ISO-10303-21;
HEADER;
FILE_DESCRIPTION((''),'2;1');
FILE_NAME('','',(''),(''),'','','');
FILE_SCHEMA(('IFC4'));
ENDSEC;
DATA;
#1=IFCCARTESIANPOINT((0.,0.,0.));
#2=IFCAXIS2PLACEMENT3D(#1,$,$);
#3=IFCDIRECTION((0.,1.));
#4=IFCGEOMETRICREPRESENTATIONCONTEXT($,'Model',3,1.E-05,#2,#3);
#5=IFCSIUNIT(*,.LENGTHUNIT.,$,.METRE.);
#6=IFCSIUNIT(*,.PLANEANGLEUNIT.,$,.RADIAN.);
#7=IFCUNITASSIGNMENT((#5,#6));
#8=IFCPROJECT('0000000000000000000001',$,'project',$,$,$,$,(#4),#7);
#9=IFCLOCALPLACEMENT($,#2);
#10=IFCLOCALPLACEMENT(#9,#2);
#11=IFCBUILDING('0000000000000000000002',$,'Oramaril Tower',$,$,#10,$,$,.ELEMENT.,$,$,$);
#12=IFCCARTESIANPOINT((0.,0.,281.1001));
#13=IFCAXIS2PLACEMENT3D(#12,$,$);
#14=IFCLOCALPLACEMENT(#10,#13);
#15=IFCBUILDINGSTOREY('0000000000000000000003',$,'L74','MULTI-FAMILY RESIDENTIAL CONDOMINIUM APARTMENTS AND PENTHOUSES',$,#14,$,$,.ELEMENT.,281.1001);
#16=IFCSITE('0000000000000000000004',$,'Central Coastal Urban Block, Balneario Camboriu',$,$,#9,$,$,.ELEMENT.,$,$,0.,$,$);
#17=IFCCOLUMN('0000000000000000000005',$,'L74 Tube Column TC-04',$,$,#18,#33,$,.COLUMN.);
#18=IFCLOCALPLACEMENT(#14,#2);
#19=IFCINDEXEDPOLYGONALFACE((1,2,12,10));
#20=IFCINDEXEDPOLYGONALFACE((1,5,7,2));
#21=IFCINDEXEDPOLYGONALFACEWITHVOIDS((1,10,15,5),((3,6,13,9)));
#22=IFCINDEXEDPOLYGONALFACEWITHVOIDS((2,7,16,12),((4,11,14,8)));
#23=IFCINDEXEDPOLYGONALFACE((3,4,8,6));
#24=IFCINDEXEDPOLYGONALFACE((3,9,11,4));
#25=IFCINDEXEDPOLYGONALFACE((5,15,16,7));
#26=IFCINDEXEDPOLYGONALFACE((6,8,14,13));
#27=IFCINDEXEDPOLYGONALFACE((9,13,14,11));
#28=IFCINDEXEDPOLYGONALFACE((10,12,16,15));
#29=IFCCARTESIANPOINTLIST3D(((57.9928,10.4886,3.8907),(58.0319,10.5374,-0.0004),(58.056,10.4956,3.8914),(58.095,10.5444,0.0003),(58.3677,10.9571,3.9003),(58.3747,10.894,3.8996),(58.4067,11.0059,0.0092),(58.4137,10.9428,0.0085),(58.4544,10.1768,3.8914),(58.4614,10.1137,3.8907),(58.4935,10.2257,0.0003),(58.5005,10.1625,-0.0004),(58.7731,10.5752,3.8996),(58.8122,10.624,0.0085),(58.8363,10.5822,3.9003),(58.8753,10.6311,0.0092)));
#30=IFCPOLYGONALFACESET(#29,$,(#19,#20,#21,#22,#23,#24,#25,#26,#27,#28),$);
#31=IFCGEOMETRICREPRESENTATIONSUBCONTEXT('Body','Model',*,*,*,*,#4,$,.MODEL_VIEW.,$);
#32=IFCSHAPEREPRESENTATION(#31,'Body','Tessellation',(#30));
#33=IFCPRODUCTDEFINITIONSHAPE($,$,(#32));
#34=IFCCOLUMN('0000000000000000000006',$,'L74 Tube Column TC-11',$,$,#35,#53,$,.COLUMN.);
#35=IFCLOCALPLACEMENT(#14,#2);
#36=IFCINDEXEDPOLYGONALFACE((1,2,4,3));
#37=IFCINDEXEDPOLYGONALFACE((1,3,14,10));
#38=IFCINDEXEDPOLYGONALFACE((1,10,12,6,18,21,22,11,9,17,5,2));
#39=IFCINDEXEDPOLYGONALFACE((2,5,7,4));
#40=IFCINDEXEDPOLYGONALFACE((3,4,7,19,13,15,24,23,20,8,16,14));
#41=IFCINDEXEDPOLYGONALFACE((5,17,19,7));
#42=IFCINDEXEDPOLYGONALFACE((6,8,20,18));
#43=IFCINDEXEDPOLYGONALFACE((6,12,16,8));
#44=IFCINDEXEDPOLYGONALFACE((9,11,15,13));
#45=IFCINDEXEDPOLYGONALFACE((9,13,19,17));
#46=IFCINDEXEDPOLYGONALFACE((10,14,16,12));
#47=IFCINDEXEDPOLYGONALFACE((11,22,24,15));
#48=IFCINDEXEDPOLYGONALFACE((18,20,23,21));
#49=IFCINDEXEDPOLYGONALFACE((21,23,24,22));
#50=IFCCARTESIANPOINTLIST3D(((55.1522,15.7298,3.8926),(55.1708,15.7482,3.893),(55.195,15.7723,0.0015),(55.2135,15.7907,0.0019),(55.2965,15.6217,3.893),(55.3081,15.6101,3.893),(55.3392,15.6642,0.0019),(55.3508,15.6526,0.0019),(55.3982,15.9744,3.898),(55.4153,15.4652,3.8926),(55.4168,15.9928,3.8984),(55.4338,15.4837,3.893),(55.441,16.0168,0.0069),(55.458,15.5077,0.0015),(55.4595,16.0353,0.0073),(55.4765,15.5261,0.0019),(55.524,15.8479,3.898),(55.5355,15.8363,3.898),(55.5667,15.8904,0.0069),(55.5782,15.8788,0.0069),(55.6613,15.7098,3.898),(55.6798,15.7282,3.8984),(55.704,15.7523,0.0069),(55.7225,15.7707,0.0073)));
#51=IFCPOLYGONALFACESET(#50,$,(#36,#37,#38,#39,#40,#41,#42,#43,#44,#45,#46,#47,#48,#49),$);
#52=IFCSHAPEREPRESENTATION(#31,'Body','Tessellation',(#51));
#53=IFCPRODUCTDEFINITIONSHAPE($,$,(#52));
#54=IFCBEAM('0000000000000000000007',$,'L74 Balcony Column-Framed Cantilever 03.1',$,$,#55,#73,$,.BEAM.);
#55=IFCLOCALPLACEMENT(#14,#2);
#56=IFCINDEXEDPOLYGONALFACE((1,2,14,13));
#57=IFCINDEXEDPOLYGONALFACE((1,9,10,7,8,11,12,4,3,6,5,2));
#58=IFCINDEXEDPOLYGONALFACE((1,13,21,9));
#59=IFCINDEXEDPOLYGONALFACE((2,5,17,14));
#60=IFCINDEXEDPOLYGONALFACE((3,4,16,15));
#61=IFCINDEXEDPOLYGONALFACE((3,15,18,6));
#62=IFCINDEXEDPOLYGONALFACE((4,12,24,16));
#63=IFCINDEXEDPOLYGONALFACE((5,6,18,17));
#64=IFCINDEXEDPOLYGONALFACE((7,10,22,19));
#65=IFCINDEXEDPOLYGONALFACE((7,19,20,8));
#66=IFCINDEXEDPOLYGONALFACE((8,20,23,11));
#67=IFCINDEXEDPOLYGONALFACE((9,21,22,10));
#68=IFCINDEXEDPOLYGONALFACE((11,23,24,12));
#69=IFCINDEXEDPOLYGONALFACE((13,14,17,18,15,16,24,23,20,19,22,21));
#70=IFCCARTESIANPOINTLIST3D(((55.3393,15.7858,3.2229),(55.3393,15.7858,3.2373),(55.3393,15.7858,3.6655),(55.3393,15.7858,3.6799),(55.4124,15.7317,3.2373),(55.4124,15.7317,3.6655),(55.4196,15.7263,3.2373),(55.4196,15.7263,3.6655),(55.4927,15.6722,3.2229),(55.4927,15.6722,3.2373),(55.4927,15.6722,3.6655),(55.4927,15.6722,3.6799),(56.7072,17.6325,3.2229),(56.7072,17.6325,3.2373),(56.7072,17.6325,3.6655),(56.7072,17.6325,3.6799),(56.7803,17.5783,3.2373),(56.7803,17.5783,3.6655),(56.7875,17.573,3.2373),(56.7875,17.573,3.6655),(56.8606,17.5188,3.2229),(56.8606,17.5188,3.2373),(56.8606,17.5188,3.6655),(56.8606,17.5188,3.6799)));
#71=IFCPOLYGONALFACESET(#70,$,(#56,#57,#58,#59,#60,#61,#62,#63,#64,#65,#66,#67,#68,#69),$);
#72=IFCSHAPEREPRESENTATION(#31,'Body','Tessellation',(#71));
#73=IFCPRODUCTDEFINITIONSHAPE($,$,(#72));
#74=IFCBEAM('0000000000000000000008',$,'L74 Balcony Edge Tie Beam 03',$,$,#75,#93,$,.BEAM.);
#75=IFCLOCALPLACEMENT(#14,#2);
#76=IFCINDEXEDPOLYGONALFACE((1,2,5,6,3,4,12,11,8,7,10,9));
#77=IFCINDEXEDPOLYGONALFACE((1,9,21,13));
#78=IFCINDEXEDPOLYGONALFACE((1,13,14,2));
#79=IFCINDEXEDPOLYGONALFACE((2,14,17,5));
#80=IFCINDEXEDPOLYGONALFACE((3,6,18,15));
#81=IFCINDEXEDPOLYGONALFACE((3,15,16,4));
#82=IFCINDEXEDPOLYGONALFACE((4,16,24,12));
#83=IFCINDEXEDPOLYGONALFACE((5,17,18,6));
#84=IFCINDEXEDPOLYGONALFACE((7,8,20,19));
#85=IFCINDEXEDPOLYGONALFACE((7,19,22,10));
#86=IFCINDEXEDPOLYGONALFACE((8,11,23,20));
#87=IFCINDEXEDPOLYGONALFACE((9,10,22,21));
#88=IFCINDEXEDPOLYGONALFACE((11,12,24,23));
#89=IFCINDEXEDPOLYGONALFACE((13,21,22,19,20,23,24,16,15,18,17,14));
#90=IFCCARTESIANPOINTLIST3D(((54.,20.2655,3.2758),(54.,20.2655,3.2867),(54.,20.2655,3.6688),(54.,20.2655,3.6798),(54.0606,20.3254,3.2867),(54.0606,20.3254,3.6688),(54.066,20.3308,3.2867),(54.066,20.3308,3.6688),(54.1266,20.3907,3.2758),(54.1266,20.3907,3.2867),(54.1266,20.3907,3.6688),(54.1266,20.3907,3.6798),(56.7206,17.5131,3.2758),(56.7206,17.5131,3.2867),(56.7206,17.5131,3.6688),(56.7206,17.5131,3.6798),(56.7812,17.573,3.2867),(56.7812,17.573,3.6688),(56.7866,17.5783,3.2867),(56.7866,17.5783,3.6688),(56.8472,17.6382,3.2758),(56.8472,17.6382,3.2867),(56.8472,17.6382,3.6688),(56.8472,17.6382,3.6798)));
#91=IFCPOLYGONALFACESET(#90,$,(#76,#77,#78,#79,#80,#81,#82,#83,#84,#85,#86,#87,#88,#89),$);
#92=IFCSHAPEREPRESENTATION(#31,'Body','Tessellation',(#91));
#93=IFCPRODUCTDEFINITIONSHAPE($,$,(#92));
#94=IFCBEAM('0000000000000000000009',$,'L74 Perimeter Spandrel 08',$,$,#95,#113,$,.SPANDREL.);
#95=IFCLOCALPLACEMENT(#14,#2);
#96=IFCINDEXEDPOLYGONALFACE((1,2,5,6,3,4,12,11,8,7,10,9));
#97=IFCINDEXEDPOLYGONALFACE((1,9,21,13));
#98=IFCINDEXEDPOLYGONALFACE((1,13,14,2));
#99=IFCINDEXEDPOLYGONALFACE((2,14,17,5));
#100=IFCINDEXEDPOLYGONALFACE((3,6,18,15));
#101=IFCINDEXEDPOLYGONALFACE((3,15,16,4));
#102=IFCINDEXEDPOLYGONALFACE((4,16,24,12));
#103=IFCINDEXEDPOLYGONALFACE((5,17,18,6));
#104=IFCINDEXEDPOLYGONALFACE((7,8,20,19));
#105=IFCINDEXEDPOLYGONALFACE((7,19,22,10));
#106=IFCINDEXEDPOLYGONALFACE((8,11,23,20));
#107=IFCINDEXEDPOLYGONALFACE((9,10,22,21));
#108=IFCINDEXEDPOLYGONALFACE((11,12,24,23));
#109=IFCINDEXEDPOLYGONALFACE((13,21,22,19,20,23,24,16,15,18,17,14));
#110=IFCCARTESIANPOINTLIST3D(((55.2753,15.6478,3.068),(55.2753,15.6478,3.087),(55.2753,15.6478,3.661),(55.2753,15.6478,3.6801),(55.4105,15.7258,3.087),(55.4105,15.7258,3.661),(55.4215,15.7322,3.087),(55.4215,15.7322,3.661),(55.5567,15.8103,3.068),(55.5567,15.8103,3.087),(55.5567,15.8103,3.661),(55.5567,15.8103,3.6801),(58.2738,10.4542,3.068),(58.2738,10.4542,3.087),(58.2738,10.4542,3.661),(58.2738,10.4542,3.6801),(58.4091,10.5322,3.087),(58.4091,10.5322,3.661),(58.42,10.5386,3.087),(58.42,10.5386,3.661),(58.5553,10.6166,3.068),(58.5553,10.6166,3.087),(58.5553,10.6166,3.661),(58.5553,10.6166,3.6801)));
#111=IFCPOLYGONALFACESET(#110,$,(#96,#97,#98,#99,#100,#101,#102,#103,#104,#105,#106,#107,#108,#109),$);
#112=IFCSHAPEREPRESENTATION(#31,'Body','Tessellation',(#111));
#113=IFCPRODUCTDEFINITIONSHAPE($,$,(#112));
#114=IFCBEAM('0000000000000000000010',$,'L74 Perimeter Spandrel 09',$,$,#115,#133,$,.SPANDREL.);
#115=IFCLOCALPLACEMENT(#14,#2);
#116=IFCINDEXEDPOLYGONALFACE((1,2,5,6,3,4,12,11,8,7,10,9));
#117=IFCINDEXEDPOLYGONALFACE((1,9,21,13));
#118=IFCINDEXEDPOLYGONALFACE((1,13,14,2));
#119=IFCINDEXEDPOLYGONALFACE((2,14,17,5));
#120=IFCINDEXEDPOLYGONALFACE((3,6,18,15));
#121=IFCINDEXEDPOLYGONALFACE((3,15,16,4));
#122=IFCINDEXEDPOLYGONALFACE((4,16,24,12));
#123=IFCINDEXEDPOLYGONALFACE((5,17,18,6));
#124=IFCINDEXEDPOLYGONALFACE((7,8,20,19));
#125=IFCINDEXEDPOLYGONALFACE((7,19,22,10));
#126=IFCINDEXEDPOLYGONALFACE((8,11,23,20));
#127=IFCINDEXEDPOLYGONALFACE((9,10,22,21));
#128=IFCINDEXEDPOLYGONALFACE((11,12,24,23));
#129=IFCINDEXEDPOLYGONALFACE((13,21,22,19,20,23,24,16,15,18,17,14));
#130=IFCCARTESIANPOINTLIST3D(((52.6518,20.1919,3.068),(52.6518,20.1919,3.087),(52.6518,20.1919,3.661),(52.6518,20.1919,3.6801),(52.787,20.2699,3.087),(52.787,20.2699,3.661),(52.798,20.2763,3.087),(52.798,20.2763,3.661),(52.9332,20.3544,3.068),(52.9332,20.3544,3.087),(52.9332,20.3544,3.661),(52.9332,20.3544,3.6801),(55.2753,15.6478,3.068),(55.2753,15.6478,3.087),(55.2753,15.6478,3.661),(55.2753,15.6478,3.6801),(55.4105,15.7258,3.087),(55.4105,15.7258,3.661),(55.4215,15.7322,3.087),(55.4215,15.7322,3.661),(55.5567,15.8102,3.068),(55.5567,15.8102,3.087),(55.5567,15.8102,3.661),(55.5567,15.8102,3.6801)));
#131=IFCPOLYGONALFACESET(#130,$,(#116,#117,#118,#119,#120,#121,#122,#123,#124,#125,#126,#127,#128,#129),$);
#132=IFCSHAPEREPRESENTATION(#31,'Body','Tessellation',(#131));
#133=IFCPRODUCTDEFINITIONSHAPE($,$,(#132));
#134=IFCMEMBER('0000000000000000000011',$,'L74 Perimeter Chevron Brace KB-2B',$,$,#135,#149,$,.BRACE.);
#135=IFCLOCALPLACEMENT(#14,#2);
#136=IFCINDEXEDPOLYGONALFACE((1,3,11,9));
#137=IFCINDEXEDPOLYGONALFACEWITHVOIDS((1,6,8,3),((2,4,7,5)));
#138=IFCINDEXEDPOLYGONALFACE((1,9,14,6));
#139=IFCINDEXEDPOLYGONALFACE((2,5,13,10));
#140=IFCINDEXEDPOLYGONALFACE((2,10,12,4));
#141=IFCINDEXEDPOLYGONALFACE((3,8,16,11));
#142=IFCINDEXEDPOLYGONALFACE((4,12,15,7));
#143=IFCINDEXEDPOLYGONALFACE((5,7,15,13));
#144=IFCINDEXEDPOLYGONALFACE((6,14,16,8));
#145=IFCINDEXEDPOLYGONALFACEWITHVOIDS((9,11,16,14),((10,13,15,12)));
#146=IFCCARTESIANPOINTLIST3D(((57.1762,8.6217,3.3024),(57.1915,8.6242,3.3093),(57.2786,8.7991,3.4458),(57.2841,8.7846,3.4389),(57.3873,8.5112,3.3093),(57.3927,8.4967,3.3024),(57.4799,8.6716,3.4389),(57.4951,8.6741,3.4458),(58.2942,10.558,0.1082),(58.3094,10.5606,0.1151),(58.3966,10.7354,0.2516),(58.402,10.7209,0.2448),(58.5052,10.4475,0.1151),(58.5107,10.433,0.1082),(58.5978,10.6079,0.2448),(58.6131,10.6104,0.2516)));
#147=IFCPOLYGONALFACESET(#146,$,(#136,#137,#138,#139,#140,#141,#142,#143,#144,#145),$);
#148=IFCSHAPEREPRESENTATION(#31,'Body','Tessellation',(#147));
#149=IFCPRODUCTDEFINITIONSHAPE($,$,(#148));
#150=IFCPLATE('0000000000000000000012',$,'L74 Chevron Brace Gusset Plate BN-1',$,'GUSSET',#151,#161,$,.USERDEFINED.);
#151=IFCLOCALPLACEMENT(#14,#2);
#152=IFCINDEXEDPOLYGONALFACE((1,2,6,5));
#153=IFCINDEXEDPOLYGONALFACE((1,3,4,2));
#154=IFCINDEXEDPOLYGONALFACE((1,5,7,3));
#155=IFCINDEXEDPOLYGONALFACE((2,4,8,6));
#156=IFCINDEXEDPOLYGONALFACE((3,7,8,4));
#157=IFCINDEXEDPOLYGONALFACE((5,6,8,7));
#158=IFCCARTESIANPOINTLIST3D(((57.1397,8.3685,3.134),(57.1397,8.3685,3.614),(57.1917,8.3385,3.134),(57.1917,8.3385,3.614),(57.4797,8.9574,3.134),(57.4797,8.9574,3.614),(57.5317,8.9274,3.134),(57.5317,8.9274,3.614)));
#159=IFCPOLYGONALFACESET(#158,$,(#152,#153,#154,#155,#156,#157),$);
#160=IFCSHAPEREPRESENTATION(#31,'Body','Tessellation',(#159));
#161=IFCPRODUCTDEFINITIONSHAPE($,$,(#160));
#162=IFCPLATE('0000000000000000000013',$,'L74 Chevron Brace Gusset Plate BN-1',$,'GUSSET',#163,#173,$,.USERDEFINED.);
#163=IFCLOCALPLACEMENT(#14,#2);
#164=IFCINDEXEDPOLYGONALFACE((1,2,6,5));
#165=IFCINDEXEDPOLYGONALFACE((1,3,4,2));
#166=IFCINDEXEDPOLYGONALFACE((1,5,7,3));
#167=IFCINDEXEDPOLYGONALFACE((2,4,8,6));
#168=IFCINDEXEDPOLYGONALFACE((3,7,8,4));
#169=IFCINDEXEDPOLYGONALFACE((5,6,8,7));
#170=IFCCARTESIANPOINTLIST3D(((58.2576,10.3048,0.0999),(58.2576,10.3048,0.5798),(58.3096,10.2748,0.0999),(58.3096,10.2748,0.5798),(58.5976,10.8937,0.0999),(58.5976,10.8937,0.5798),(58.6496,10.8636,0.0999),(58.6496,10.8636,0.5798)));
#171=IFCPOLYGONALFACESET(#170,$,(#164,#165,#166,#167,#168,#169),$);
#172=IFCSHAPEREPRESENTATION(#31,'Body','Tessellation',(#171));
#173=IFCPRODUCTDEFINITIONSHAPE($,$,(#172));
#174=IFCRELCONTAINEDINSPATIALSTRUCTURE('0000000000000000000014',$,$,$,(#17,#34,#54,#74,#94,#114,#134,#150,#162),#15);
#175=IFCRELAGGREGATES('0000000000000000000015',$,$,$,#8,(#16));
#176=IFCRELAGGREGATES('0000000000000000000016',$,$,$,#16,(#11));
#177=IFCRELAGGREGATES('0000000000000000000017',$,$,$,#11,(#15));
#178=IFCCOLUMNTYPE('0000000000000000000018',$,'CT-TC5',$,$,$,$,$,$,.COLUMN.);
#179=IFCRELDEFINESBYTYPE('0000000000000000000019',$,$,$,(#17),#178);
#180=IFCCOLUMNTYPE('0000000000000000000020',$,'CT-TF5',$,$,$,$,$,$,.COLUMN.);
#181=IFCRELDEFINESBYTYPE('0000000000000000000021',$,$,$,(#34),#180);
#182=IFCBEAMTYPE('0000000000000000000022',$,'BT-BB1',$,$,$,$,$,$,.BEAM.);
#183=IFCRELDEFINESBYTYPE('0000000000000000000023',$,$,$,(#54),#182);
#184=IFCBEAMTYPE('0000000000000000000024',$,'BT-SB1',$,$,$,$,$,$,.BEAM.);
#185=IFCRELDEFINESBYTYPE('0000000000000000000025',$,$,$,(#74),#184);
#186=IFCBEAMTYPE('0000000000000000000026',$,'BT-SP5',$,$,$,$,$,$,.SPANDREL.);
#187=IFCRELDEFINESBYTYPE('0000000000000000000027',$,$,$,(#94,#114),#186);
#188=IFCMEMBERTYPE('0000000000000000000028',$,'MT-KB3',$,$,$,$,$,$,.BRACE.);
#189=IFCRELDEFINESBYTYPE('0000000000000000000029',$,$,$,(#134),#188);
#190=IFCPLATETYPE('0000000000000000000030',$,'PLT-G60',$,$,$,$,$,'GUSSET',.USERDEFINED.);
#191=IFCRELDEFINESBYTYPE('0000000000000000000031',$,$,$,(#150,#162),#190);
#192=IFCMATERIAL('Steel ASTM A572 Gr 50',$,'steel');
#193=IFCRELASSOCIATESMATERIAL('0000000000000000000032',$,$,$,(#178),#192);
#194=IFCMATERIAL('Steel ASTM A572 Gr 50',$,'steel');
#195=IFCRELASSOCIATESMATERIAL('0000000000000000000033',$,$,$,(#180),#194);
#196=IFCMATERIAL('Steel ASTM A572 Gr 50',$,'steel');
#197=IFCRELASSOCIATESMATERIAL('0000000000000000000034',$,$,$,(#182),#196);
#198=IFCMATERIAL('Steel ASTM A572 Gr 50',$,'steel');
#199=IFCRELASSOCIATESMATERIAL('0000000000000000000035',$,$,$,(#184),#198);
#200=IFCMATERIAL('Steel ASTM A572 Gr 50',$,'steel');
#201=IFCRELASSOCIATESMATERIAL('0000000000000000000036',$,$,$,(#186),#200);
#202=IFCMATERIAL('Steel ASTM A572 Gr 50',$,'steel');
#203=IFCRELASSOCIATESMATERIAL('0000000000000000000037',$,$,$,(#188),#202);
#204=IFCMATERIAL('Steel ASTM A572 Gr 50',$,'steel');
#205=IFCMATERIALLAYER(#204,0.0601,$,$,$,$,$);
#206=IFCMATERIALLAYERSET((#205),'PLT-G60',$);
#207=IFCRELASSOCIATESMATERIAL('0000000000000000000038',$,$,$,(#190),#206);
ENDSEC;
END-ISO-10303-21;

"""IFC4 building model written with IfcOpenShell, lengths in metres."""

from ifc_helpers import new_model, si_unit, direction, frame, origin, origin_2d, place, context, subcontext, project, spatial, rectangle, hollow_rectangle, i_section, extrude, material, layer, layer_set, material_profile, profile_set, type_object, element, save


model = new_model("IFC4")

# Units and contexts
model_context = context("Model", 3, precision=1e-05, world=origin(), true_north=direction((0.0, 1.0)))
body_context = subcontext(model_context, "Body", "Model", "MODEL_VIEW")
ifc_project = project(units=[si_unit("LENGTHUNIT", "METRE"), si_unit("PLANEANGLEUNIT", "RADIAN")], contexts=[model_context])

# Site, building, storey
site_placement = place(None, origin())
site = spatial("IfcSite", under=ifc_project, at=site_placement, Name="Central Coastal Urban Block, Balneario Camboriu", CompositionType="ELEMENT", RefElevation=0.0)
building_placement = place(site_placement, origin())
building = spatial("IfcBuilding", under=site, at=building_placement, Name="Oramaril Tower", CompositionType="ELEMENT")
storey_placement = place(building_placement, frame((0.0, 0.0, 281.1001)))
storey = spatial("IfcBuildingStorey", under=building, at=storey_placement, Name="L74", Description="MULTI-FAMILY RESIDENTIAL CONDOMINIUM APARTMENTS AND PENTHOUSES", CompositionType="ELEMENT", Elevation=281.1001)

# Columns
ifc_material_1 = material(Name="Steel ASTM A572 Gr 50", Category="steel")
ifc_material_profile_1 = material_profile(ifc_material_1, hollow_rectangle(XDim=0.6001, YDim=0.6001, WallThickness=0.0449, at=origin_2d()), Name="BOX600X600X45")
ifc_profile_set_1 = profile_set([ifc_material_profile_1], Name="Steel ASTM A572 Gr 50")
column_type_1 = type_object("IfcColumnType", Name="CT-TC5", PredefinedType="COLUMN", material=ifc_profile_set_1)
column_1_placement = place(storey_placement, frame((58.4536, 10.5842, 0.0044), z_axis=(-0.010038, -0.012547, 0.999871), x_axis=(0.780869, -0.624695, 0.0)))
element("IfcColumn", 1, at=column_1_placement, inside=storey, type_object=column_type_1, Name="L74 Tube Column TC-04", PredefinedType="COLUMN", context=body_context, shape_type="SweptSolid", body=[
    extrude(hollow_rectangle(XDim=0.6001, YDim=0.6001, WallThickness=0.0449, at=origin_2d()), origin(), (0.0, 0.0, 1.0), 3.8916),
])
ifc_material_2 = material(Name="Steel ASTM A572 Gr 50", Category="steel")
ifc_material_profile_2 = material_profile(ifc_material_2, i_section(OverallWidth=0.373, OverallDepth=0.373, WebThickness=0.0164, FlangeThickness=0.0261, at=origin_2d()), Name="W14X132")
ifc_profile_set_2 = profile_set([ifc_material_profile_2], Name="Steel ASTM A572 Gr 50")
column_type_2 = type_object("IfcColumnType", Name="CT-TF5", PredefinedType="COLUMN", material=ifc_profile_set_2)
column_2_placement = place(storey_placement, frame((55.4587, 15.7715, 0.0044), z_axis=(-0.010979, -0.010916, 0.99988), x_axis=(0.705078, -0.70913, 0.0)))
element("IfcColumn", 2, at=column_2_placement, inside=storey, type_object=column_type_2, Name="L74 Tube Column TC-11", PredefinedType="COLUMN", context=body_context, shape_type="SweptSolid", body=[
    extrude(i_section(OverallWidth=0.373, OverallDepth=0.373, WebThickness=0.0164, FlangeThickness=0.0261, at=origin_2d()), origin(), (0.0, 0.0, 1.0), 3.8916),
])

# Beams
ifc_material_3 = material(Name="Steel ASTM A572 Gr 50", Category="steel")
ifc_material_profile_3 = material_profile(ifc_material_3, i_section(OverallWidth=0.1909, OverallDepth=0.457, WebThickness=0.009, FlangeThickness=0.0144, at=origin_2d()), Name="W18X50")
ifc_profile_set_3 = profile_set([ifc_material_profile_3], Name="Steel ASTM A572 Gr 50")
beam_type_1 = type_object("IfcBeamType", Name="BT-BB1", PredefinedType="BEAM", material=ifc_profile_set_3)
beam_1_placement = place(storey_placement, frame((55.416, 15.729, 3.4514), z_axis=(0.59523, 0.803555, 0.0), x_axis=(-0.803555, 0.59523, 0.0)))
element("IfcBeam", 3, at=beam_1_placement, inside=storey, type_object=beam_type_1, Name="L74 Balcony Column-Framed Cantilever 03.1", PredefinedType="BEAM", context=body_context, shape_type="SweptSolid", body=[
    extrude(i_section(OverallWidth=0.1909, OverallDepth=0.457, WebThickness=0.009, FlangeThickness=0.0144, at=origin_2d()), origin(), (0.0, 0.0, 1.0), 2.2981),
])
ifc_material_4 = material(Name="Steel ASTM A572 Gr 50", Category="steel")
ifc_material_profile_4 = material_profile(ifc_material_4, i_section(OverallWidth=0.178, OverallDepth=0.4041, WebThickness=0.0076, FlangeThickness=0.011, at=origin_2d()), Name="W16X36")
ifc_profile_set_4 = profile_set([ifc_material_profile_4], Name="Steel ASTM A572 Gr 50")
beam_type_2 = type_object("IfcBeamType", Name="BT-SB1", PredefinedType="BEAM", material=ifc_profile_set_4)
beam_2_placement = place(storey_placement, frame((56.7839, 17.5757, 3.4778), z_axis=(-0.702995, 0.711195, 0.0), x_axis=(-0.711195, -0.702995, 0.0)))
element("IfcBeam", 4, at=beam_2_placement, inside=storey, type_object=beam_type_2, Name="L74 Balcony Edge Tie Beam 03", PredefinedType="BEAM", context=body_context, shape_type="SweptSolid", body=[
    extrude(i_section(OverallWidth=0.178, OverallDepth=0.4041, WebThickness=0.0076, FlangeThickness=0.011, at=origin_2d()), origin(), (0.0, 0.0, 1.0), 3.8701),
])
ifc_material_5 = material(Name="Steel ASTM A572 Gr 50", Category="steel")
ifc_material_profile_5 = material_profile(ifc_material_5, i_section(OverallWidth=0.325, OverallDepth=0.6121, WebThickness=0.0127, FlangeThickness=0.019, at=origin_2d()), Name="W24X104")
ifc_profile_set_5 = profile_set([ifc_material_profile_5], Name="Steel ASTM A572 Gr 50")
beam_type_3 = type_object("IfcBeamType", Name="BT-SP5", PredefinedType="SPANDREL", material=ifc_profile_set_5)
beam_3_placement = place(storey_placement, frame((58.4146, 10.5354, 3.374), z_axis=(-0.500001, 0.866025, 0.0), x_axis=(-0.866025, -0.500001, 0.0)))
element("IfcBeam", 5, at=beam_3_placement, inside=storey, type_object=beam_type_3, Name="L74 Perimeter Spandrel 08", PredefinedType="SPANDREL", context=body_context, shape_type="SweptSolid", body=[
    extrude(i_section(OverallWidth=0.325, OverallDepth=0.6121, WebThickness=0.0127, FlangeThickness=0.019, at=origin_2d()), origin(), (0.0, 0.0, 1.0), 5.9971),
])
beam_4_placement = place(storey_placement, frame((55.416, 15.729, 3.374), z_axis=(-0.499992, 0.86603, 0.0), x_axis=(-0.86603, -0.499992, 0.0)))
element("IfcBeam", 6, at=beam_4_placement, inside=storey, type_object=beam_type_3, Name="L74 Perimeter Spandrel 09", PredefinedType="SPANDREL", context=body_context, shape_type="SweptSolid", body=[
    extrude(i_section(OverallWidth=0.325, OverallDepth=0.6121, WebThickness=0.0127, FlangeThickness=0.019, at=origin_2d()), origin(), (0.0, 0.0, 1.0), 5.2471),
])

# Member
ifc_material_6 = material(Name="Steel ASTM A572 Gr 50", Category="steel")
ifc_material_profile_6 = material_profile(ifc_material_6, hollow_rectangle(XDim=0.25, YDim=0.25, WallThickness=0.012, at=origin_2d()), Name="HSS250X250X12")
ifc_profile_set_6 = profile_set([ifc_material_profile_6], Name="Steel ASTM A572 Gr 50")
member_type = type_object("IfcMemberType", Name="MT-KB3", PredefinedType="BRACE", material=ifc_profile_set_6)
member_placement = place(storey_placement, frame((58.4536, 10.5842, 0.1799), z_axis=(-0.28673, -0.496626, 0.819236), x_axis=(0.866024, -0.500003, 0.0)))
element("IfcMember", 7, at=member_placement, inside=storey, type_object=member_type, Name="L74 Perimeter Chevron Brace KB-2B", PredefinedType="BRACE", context=body_context, shape_type="SweptSolid", body=[
    extrude(hollow_rectangle(XDim=0.25, YDim=0.25, WallThickness=0.012, at=origin_2d()), origin(), (0.0, 0.0, 1.0), 3.8989),
])

# Plates
ifc_material_7 = material(Name="Steel ASTM A572 Gr 50", Category="steel")
ifc_layer_1 = layer(ifc_material_7, 0.0601)
ifc_layer_set_1 = layer_set([ifc_layer_1], Name="PLT-G60")
plate_type = type_object("IfcPlateType", Name="PLT-G60", ElementType="GUSSET", PredefinedType="USERDEFINED", material=ifc_layer_set_1)
for number, where, z_axis, x_axis, name in (
    (8, (57.3357, 8.6479, 3.134), (0.0, 0.0, 1.0), (0.499992, 0.86603, 0.0), "L74 Chevron Brace Gusset Plate BN-1"),
    (9, (58.4536, 10.5842, 0.0999), (0.0, 0.0, 1.0), (0.499992, 0.86603, 0.0), "L74 Chevron Brace Gusset Plate BN-1"),
):
    element("IfcPlate", number, at=place(storey_placement, frame(where, z_axis=z_axis, x_axis=x_axis)), inside=storey, type_object=plate_type, Name=name, ObjectType="GUSSET", PredefinedType="USERDEFINED", context=body_context, shape_type="SweptSolid", body=[
        extrude(rectangle(XDim=0.6799, YDim=0.0601, at=origin_2d()), origin(), (0.0, 0.0, 1.0), 0.48),
    ])

save(model, "model.ifc")
